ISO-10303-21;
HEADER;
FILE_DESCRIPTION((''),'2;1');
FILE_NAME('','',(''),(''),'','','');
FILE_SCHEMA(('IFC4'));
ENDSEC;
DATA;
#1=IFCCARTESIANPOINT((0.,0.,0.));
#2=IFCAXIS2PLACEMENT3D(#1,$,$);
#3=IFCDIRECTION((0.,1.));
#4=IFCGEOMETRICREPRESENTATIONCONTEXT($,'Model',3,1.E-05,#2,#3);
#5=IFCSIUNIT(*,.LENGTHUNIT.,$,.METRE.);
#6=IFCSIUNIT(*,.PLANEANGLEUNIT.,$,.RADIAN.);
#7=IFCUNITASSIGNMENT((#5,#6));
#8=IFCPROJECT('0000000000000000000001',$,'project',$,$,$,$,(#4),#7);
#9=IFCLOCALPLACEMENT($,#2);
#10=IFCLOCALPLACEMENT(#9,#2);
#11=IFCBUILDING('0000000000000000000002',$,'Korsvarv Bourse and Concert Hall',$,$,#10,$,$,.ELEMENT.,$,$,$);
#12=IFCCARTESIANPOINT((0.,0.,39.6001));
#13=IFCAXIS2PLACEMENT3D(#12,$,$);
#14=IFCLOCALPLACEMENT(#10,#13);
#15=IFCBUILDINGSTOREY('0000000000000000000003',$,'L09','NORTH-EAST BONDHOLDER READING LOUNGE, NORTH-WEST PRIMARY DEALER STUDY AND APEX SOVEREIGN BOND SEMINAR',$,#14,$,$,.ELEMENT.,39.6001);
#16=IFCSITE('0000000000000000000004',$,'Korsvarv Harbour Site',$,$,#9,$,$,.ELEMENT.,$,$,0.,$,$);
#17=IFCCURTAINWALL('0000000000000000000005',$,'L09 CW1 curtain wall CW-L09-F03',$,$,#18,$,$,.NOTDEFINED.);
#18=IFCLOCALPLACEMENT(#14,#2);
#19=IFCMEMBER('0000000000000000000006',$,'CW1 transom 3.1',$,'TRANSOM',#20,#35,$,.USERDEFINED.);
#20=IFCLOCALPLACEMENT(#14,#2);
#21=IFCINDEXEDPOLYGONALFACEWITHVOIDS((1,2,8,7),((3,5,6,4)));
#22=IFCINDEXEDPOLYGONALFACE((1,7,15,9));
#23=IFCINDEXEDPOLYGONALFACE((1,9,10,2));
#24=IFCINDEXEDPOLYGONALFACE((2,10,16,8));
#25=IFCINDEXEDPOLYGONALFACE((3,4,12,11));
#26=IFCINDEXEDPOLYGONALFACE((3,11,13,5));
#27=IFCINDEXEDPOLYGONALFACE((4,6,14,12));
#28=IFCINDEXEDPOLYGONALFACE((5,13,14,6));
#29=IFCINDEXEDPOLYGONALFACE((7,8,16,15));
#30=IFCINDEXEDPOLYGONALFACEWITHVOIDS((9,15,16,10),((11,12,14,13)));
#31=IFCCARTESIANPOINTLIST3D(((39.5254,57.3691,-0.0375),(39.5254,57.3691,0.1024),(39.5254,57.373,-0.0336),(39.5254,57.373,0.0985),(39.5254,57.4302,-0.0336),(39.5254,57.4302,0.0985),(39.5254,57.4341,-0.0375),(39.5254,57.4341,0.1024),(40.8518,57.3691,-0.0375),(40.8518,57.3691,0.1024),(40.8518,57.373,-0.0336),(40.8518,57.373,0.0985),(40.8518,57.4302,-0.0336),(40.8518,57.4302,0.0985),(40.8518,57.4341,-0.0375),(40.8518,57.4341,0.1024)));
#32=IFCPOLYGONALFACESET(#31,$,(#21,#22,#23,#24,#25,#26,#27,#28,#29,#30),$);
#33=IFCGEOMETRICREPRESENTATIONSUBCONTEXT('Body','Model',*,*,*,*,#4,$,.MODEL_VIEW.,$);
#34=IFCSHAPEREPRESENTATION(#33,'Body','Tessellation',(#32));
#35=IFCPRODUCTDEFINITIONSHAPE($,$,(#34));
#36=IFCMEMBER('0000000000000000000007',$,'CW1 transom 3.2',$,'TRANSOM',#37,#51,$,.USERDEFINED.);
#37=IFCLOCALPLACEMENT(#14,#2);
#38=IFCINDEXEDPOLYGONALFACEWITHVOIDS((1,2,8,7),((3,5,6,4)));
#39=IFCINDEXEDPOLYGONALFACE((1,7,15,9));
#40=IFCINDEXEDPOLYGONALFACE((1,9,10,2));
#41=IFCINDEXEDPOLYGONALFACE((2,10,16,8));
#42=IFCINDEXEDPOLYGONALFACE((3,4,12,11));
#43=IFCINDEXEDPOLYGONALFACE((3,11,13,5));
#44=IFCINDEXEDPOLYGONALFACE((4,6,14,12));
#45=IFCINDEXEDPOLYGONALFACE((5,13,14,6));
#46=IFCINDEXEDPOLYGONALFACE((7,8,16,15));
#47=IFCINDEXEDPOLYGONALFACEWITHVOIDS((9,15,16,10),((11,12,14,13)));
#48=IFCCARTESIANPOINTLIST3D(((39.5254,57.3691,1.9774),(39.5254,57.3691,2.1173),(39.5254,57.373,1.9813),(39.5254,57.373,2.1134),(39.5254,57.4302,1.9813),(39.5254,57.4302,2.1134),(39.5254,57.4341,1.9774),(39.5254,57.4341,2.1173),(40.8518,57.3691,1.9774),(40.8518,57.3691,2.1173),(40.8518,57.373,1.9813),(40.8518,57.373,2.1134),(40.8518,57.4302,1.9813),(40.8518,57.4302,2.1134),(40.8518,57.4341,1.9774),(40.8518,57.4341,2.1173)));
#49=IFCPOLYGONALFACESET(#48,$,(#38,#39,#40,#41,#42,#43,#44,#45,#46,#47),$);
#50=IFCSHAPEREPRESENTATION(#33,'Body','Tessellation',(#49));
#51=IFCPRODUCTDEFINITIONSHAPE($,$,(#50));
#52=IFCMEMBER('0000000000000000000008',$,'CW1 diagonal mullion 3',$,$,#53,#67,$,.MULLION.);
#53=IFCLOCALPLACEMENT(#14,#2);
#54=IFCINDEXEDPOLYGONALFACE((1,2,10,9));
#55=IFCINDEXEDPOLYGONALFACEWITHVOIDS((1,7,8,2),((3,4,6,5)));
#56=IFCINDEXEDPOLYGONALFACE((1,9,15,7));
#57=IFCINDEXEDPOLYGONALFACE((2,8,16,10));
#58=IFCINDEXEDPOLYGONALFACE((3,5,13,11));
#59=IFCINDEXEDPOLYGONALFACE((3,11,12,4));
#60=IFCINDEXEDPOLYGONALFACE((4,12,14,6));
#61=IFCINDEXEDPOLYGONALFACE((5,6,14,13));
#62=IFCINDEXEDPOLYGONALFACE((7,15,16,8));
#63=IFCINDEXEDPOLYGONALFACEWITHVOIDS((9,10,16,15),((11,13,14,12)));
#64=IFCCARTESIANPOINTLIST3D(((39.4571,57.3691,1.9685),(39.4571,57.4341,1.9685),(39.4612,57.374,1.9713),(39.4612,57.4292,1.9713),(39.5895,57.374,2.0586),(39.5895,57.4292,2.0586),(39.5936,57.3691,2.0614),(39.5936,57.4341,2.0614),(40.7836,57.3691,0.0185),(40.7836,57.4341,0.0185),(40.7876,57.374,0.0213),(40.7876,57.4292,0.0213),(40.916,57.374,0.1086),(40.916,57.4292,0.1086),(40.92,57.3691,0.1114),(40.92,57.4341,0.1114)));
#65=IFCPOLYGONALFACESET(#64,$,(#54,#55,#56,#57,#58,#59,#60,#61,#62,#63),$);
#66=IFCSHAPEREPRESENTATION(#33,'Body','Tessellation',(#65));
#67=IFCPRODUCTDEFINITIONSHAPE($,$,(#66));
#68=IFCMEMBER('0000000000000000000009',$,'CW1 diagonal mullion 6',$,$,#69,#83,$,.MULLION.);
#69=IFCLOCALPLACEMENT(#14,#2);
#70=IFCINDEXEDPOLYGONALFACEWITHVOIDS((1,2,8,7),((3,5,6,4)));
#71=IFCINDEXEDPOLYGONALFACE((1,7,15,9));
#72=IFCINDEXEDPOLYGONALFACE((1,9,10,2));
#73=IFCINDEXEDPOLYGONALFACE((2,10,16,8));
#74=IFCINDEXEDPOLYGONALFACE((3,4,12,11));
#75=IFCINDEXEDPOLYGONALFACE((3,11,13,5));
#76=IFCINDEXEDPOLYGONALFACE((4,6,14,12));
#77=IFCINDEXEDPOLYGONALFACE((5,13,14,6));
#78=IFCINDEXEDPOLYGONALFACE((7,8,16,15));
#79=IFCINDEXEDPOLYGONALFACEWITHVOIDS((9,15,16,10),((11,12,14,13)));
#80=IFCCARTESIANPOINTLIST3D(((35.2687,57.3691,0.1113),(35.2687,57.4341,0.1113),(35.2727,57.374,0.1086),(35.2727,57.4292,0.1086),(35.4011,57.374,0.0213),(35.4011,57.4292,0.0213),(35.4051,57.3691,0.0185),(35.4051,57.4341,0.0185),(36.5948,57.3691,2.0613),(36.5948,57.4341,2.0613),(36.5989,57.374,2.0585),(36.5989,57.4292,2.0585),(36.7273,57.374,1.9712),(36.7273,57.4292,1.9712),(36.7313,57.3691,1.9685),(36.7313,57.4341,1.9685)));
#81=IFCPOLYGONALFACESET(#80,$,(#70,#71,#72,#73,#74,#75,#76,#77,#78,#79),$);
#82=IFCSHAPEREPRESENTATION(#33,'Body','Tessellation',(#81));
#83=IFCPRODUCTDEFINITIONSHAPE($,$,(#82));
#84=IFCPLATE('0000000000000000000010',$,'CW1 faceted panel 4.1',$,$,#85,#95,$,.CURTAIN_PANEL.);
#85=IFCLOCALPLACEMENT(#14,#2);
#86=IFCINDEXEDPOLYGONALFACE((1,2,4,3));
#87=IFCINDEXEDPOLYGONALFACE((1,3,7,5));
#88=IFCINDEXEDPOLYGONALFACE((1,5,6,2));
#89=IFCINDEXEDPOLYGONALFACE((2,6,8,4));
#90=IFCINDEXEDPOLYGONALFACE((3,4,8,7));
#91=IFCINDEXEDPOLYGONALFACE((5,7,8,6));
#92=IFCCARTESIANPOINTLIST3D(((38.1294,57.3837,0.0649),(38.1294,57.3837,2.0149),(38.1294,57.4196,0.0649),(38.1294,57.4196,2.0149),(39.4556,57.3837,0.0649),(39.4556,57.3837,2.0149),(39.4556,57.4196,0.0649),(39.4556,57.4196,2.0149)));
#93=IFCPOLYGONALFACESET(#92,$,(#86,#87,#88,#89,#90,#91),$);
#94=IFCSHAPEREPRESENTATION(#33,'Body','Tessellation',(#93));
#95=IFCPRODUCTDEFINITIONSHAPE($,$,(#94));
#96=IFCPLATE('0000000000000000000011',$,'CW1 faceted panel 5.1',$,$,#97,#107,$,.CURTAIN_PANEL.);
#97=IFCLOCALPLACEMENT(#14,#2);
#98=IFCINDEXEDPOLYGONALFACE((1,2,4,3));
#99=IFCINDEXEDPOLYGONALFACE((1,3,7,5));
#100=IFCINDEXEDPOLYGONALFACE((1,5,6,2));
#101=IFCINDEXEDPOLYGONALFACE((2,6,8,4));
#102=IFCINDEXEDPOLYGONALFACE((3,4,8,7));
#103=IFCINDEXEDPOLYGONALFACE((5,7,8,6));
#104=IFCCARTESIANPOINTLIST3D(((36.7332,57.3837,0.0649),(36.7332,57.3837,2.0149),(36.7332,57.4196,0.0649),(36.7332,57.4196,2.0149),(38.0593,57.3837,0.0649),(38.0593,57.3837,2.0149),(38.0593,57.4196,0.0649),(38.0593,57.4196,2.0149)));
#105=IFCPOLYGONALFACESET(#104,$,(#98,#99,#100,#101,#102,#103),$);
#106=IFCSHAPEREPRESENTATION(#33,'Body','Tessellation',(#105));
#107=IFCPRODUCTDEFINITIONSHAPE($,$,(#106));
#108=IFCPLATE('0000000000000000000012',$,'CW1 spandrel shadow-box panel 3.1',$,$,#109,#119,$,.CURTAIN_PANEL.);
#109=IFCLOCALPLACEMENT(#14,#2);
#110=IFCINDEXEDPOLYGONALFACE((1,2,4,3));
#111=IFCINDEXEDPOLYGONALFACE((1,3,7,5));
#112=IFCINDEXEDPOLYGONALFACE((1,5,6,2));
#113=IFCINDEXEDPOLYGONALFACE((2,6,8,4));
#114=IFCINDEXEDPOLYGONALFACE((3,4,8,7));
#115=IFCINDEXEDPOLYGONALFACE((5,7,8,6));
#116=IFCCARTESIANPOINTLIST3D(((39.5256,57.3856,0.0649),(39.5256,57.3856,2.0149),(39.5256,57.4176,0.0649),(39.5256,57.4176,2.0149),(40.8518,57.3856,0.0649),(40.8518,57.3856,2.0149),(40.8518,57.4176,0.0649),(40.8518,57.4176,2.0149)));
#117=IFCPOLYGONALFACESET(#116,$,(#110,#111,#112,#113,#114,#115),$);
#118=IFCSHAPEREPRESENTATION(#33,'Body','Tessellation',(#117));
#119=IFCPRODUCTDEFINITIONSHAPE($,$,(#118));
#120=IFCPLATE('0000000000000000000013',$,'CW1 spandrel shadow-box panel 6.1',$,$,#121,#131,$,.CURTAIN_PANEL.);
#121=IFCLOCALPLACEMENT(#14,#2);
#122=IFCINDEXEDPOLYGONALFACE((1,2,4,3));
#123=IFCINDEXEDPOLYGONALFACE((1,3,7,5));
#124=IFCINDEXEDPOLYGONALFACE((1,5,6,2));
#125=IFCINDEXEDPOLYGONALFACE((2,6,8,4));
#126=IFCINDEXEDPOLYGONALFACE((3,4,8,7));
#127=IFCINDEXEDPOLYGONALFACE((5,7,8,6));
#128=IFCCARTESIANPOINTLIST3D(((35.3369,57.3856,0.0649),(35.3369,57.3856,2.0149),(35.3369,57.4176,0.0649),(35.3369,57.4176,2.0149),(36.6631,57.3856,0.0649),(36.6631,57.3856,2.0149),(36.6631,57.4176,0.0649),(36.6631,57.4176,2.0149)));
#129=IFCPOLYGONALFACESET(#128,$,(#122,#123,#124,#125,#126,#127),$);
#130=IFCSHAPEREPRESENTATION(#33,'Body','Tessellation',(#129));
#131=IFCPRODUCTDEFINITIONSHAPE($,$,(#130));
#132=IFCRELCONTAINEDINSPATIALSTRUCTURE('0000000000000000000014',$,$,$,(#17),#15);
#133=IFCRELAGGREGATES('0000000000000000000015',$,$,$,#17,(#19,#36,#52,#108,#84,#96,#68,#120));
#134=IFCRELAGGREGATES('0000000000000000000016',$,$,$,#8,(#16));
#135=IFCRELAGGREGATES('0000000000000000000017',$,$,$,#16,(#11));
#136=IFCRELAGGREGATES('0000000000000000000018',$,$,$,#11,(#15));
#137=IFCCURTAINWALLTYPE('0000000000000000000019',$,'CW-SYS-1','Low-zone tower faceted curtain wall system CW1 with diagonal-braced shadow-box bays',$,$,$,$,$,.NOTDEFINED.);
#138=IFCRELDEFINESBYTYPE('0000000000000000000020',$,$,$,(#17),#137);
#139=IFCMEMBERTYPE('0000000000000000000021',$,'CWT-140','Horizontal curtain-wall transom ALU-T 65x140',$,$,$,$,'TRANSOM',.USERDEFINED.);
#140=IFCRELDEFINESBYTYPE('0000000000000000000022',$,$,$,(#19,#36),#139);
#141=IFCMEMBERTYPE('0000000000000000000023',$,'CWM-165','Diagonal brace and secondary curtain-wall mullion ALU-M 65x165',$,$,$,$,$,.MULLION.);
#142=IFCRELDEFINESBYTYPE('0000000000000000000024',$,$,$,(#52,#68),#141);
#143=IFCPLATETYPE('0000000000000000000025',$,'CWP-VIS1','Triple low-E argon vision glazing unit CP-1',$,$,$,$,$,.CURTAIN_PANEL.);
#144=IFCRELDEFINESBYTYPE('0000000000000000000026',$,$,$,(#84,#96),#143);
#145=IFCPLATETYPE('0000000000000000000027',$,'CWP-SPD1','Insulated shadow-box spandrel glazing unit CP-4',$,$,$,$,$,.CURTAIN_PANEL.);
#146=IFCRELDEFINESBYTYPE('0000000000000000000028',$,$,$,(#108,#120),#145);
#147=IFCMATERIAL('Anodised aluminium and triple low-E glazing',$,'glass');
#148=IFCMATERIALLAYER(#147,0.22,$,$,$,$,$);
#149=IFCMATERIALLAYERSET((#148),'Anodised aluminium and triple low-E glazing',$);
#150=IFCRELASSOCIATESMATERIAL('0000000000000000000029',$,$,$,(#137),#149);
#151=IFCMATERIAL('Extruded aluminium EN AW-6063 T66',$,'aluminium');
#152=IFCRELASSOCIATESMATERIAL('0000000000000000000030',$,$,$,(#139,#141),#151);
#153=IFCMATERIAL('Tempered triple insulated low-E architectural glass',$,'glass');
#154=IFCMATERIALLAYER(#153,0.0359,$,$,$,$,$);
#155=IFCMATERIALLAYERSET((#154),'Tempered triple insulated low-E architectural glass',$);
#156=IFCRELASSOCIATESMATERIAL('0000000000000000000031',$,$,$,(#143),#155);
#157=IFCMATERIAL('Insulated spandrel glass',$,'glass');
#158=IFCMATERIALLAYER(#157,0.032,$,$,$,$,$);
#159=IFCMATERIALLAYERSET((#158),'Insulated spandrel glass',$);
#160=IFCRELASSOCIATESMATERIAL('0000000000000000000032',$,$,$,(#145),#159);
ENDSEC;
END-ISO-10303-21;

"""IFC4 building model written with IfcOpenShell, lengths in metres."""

from ifc_helpers import new_model, si_unit, direction, frame, origin, origin_2d, place, context, subcontext, project, spatial, rectangle, hollow_rectangle, extrude, source, transform, mapped, material, layer, layer_set, material_profile, profile_set, type_object, element, aggregate, save


model = new_model("IFC4")

# Units and contexts
model_context = context("Model", 3, precision=1e-05, world=origin(), true_north=direction((0.0, 1.0)))
body_context = subcontext(model_context, "Body", "Model", "MODEL_VIEW")
ifc_project = project(units=[si_unit("LENGTHUNIT", "METRE"), si_unit("PLANEANGLEUNIT", "RADIAN")], contexts=[model_context])

# Site, building, storey
site_placement = place(None, origin())
site = spatial("IfcSite", under=ifc_project, at=site_placement, Name="Korsvarv Harbour Site", CompositionType="ELEMENT", RefElevation=0.0)
building_placement = place(site_placement, origin())
building = spatial("IfcBuilding", under=site, at=building_placement, Name="Korsvarv Bourse and Concert Hall", CompositionType="ELEMENT")
storey_placement = place(building_placement, frame((0.0, 0.0, 39.6001)))
storey = spatial("IfcBuildingStorey", under=building, at=storey_placement, Name="L09", Description="NORTH-EAST BONDHOLDER READING LOUNGE, NORTH-WEST PRIMARY DEALER STUDY AND APEX SOVEREIGN BOND SEMINAR", CompositionType="ELEMENT", Elevation=39.6001)

# Curtain wall, members, plates
ifc_material_1 = material(Name="Anodised aluminium and triple low-E glazing", Category="glass")
ifc_layer_1 = layer(ifc_material_1, 0.22)
ifc_layer_set_1 = layer_set([ifc_layer_1], Name="Anodised aluminium and triple low-E glazing")
curtain_wall_type = type_object("IfcCurtainWallType", Name="CW-SYS-1", Description="Low-zone tower faceted curtain wall system CW1 with diagonal-braced shadow-box bays", PredefinedType="NOTDEFINED", material=ifc_layer_set_1)
curtain_wall_placement = place(storey_placement, origin())
curtain_wall = element("IfcCurtainWall", 1, at=curtain_wall_placement, inside=storey, type_object=curtain_wall_type, Name="L09 CW1 curtain wall CW-L09-F03", PredefinedType="NOTDEFINED")
ifc_material_2 = material(Name="Extruded aluminium EN AW-6063 T66", Category="aluminium")
ifc_material_profile_1 = material_profile(ifc_material_2, hollow_rectangle(XDim=0.0649, YDim=0.1399, WallThickness=0.0039, at=origin_2d()), Name="ALU-T 65x140")
ifc_profile_set_1 = profile_set([ifc_material_profile_1], Name="Extruded aluminium EN AW-6063 T66")
member_type_1 = type_object("IfcMemberType", Name="CWT-140", Description="Horizontal curtain-wall transom ALU-T 65x140", ElementType="TRANSOM", PredefinedType="USERDEFINED", material=ifc_profile_set_1)
shared_shape_1 = source(origin(), body_context, "Body", "SweptSolid", [
    extrude(hollow_rectangle(XDim=0.0649, YDim=0.1399, WallThickness=0.0039, at=origin_2d()), origin(), (0.0, 0.0, 1.0), 1.3264),
])
member_1_placement = place(storey_placement, frame((40.8518, 57.4016, 0.0325), z_axis=(-1.0, 0.0, 0.0), x_axis=(0.0, -1.0, 0.0)))
member_1 = element("IfcMember", 2, at=member_1_placement, type_object=member_type_1, Name="CW1 transom 3.1", ObjectType="TRANSOM", PredefinedType="USERDEFINED", context=body_context, shape_type="MappedRepresentation", body=[
    mapped(shared_shape_1, transform((0.0, 0.0, 0.0), scale=1.0)),
])
member_2_placement = place(storey_placement, frame((40.8518, 57.4016, 2.0474), z_axis=(-1.0, 0.0, 0.0), x_axis=(0.0, -1.0, 0.0)))
member_2 = element("IfcMember", 3, at=member_2_placement, type_object=member_type_1, Name="CW1 transom 3.2", ObjectType="TRANSOM", PredefinedType="USERDEFINED", context=body_context, shape_type="MappedRepresentation", body=[
    mapped(shared_shape_1, transform((0.0, 0.0, 0.0), scale=1.0)),
])
ifc_material_profile_2 = material_profile(ifc_material_2, hollow_rectangle(XDim=0.0649, YDim=0.165, WallThickness=0.0049, at=origin_2d()), Name="ALU-M 65x165")
ifc_profile_set_2 = profile_set([ifc_material_profile_2], Name="Extruded aluminium EN AW-6063 T66")
member_type_2 = type_object("IfcMemberType", Name="CWM-165", Description="Diagonal brace and secondary curtain-wall mullion ALU-M 65x165", PredefinedType="MULLION", material=ifc_profile_set_2)
shared_shape_2 = source(origin(), body_context, "Body", "SweptSolid", [
    extrude(hollow_rectangle(XDim=0.0649, YDim=0.165, WallThickness=0.0049, at=origin_2d()), origin(), (0.0, 0.0, 1.0), 2.3584),
])
member_3_placement = place(storey_placement, frame((40.8518, 57.4016, 0.0649), z_axis=(-0.56244, 0.0, 0.826838), x_axis=(0.0, -1.0, 0.0)))
member_3 = element("IfcMember", 4, at=member_3_placement, type_object=member_type_2, Name="CW1 diagonal mullion 3", PredefinedType="MULLION", context=body_context, shape_type="MappedRepresentation", body=[
    mapped(shared_shape_2, transform((0.0, 0.0, 0.0), scale=1.0)),
])
shared_shape_3 = source(origin(), body_context, "Body", "SweptSolid", [
    extrude(hollow_rectangle(XDim=0.0649, YDim=0.165, WallThickness=0.0049, at=origin_2d()), origin(), (0.0, 0.0, 1.0), 2.3582),
])
member_4_placement = place(storey_placement, frame((35.3369, 57.4016, 0.0649), z_axis=(0.562369, 0.0, 0.826886), x_axis=(0.0, 1.0, 0.0)))
member_4 = element("IfcMember", 5, at=member_4_placement, type_object=member_type_2, Name="CW1 diagonal mullion 6", PredefinedType="MULLION", context=body_context, shape_type="MappedRepresentation", body=[
    mapped(shared_shape_3, transform((0.0, 0.0, 0.0), scale=1.0)),
])
ifc_material_3 = material(Name="Tempered triple insulated low-E architectural glass", Category="glass")
ifc_layer_2 = layer(ifc_material_3, 0.0359)
ifc_layer_set_2 = layer_set([ifc_layer_2], Name="Tempered triple insulated low-E architectural glass")
plate_type_1 = type_object("IfcPlateType", Name="CWP-VIS1", Description="Triple low-E argon vision glazing unit CP-1", PredefinedType="CURTAIN_PANEL", material=ifc_layer_set_2)
shared_shape_4 = source(origin(), body_context, "Body", "SweptSolid", [
    extrude(rectangle(XDim=1.3262, YDim=0.0359, at=origin_2d()), origin(), (0.0, 0.0, 1.0), 1.95),
])
plate_1_placement = place(storey_placement, frame((38.7925, 57.4016, 0.0649), z_axis=(0.0, 0.0, 1.0), x_axis=(-1.0, 0.0, 0.0)))
plate_1 = element("IfcPlate", 6, at=plate_1_placement, type_object=plate_type_1, Name="CW1 faceted panel 4.1", PredefinedType="CURTAIN_PANEL", context=body_context, shape_type="MappedRepresentation", body=[
    mapped(shared_shape_4, transform((0.0, 0.0, 0.0), scale=1.0)),
])
plate_2_placement = place(storey_placement, frame((37.3962, 57.4016, 0.0649), z_axis=(0.0, 0.0, 1.0), x_axis=(-1.0, 0.0, 0.0)))
plate_2 = element("IfcPlate", 7, at=plate_2_placement, type_object=plate_type_1, Name="CW1 faceted panel 5.1", PredefinedType="CURTAIN_PANEL", context=body_context, shape_type="MappedRepresentation", body=[
    mapped(shared_shape_4, transform((0.0, 0.0, 0.0), scale=1.0)),
])
ifc_material_4 = material(Name="Insulated spandrel glass", Category="glass")
ifc_layer_3 = layer(ifc_material_4, 0.032)
ifc_layer_set_3 = layer_set([ifc_layer_3], Name="Insulated spandrel glass")
plate_type_2 = type_object("IfcPlateType", Name="CWP-SPD1", Description="Insulated shadow-box spandrel glazing unit CP-4", PredefinedType="CURTAIN_PANEL", material=ifc_layer_set_3)
shared_shape_5 = source(origin(), body_context, "Body", "SweptSolid", [
    extrude(rectangle(XDim=1.3262, YDim=0.032, at=origin_2d()), origin(), (0.0, 0.0, 1.0), 1.95),
])
plate_3_placement = place(storey_placement, frame((40.1887, 57.4016, 0.0649), z_axis=(0.0, 0.0, 1.0), x_axis=(-1.0, 0.0, 0.0)))
plate_3 = element("IfcPlate", 8, at=plate_3_placement, type_object=plate_type_2, Name="CW1 spandrel shadow-box panel 3.1", PredefinedType="CURTAIN_PANEL", context=body_context, shape_type="MappedRepresentation", body=[
    mapped(shared_shape_5, transform((0.0, 0.0, 0.0), scale=1.0)),
])
plate_4_placement = place(storey_placement, frame((36.0, 57.4016, 0.0649), z_axis=(0.0, 0.0, 1.0), x_axis=(-1.0, 0.0, 0.0)))
plate_4 = element("IfcPlate", 9, at=plate_4_placement, type_object=plate_type_2, Name="CW1 spandrel shadow-box panel 6.1", PredefinedType="CURTAIN_PANEL", context=body_context, shape_type="MappedRepresentation", body=[
    mapped(shared_shape_5, transform((0.0, 0.0, 0.0), scale=1.0)),
])
aggregate(curtain_wall, [member_1, member_2, member_3, plate_3, plate_1, plate_2, member_4, plate_4])

save(model, "model.ifc")
